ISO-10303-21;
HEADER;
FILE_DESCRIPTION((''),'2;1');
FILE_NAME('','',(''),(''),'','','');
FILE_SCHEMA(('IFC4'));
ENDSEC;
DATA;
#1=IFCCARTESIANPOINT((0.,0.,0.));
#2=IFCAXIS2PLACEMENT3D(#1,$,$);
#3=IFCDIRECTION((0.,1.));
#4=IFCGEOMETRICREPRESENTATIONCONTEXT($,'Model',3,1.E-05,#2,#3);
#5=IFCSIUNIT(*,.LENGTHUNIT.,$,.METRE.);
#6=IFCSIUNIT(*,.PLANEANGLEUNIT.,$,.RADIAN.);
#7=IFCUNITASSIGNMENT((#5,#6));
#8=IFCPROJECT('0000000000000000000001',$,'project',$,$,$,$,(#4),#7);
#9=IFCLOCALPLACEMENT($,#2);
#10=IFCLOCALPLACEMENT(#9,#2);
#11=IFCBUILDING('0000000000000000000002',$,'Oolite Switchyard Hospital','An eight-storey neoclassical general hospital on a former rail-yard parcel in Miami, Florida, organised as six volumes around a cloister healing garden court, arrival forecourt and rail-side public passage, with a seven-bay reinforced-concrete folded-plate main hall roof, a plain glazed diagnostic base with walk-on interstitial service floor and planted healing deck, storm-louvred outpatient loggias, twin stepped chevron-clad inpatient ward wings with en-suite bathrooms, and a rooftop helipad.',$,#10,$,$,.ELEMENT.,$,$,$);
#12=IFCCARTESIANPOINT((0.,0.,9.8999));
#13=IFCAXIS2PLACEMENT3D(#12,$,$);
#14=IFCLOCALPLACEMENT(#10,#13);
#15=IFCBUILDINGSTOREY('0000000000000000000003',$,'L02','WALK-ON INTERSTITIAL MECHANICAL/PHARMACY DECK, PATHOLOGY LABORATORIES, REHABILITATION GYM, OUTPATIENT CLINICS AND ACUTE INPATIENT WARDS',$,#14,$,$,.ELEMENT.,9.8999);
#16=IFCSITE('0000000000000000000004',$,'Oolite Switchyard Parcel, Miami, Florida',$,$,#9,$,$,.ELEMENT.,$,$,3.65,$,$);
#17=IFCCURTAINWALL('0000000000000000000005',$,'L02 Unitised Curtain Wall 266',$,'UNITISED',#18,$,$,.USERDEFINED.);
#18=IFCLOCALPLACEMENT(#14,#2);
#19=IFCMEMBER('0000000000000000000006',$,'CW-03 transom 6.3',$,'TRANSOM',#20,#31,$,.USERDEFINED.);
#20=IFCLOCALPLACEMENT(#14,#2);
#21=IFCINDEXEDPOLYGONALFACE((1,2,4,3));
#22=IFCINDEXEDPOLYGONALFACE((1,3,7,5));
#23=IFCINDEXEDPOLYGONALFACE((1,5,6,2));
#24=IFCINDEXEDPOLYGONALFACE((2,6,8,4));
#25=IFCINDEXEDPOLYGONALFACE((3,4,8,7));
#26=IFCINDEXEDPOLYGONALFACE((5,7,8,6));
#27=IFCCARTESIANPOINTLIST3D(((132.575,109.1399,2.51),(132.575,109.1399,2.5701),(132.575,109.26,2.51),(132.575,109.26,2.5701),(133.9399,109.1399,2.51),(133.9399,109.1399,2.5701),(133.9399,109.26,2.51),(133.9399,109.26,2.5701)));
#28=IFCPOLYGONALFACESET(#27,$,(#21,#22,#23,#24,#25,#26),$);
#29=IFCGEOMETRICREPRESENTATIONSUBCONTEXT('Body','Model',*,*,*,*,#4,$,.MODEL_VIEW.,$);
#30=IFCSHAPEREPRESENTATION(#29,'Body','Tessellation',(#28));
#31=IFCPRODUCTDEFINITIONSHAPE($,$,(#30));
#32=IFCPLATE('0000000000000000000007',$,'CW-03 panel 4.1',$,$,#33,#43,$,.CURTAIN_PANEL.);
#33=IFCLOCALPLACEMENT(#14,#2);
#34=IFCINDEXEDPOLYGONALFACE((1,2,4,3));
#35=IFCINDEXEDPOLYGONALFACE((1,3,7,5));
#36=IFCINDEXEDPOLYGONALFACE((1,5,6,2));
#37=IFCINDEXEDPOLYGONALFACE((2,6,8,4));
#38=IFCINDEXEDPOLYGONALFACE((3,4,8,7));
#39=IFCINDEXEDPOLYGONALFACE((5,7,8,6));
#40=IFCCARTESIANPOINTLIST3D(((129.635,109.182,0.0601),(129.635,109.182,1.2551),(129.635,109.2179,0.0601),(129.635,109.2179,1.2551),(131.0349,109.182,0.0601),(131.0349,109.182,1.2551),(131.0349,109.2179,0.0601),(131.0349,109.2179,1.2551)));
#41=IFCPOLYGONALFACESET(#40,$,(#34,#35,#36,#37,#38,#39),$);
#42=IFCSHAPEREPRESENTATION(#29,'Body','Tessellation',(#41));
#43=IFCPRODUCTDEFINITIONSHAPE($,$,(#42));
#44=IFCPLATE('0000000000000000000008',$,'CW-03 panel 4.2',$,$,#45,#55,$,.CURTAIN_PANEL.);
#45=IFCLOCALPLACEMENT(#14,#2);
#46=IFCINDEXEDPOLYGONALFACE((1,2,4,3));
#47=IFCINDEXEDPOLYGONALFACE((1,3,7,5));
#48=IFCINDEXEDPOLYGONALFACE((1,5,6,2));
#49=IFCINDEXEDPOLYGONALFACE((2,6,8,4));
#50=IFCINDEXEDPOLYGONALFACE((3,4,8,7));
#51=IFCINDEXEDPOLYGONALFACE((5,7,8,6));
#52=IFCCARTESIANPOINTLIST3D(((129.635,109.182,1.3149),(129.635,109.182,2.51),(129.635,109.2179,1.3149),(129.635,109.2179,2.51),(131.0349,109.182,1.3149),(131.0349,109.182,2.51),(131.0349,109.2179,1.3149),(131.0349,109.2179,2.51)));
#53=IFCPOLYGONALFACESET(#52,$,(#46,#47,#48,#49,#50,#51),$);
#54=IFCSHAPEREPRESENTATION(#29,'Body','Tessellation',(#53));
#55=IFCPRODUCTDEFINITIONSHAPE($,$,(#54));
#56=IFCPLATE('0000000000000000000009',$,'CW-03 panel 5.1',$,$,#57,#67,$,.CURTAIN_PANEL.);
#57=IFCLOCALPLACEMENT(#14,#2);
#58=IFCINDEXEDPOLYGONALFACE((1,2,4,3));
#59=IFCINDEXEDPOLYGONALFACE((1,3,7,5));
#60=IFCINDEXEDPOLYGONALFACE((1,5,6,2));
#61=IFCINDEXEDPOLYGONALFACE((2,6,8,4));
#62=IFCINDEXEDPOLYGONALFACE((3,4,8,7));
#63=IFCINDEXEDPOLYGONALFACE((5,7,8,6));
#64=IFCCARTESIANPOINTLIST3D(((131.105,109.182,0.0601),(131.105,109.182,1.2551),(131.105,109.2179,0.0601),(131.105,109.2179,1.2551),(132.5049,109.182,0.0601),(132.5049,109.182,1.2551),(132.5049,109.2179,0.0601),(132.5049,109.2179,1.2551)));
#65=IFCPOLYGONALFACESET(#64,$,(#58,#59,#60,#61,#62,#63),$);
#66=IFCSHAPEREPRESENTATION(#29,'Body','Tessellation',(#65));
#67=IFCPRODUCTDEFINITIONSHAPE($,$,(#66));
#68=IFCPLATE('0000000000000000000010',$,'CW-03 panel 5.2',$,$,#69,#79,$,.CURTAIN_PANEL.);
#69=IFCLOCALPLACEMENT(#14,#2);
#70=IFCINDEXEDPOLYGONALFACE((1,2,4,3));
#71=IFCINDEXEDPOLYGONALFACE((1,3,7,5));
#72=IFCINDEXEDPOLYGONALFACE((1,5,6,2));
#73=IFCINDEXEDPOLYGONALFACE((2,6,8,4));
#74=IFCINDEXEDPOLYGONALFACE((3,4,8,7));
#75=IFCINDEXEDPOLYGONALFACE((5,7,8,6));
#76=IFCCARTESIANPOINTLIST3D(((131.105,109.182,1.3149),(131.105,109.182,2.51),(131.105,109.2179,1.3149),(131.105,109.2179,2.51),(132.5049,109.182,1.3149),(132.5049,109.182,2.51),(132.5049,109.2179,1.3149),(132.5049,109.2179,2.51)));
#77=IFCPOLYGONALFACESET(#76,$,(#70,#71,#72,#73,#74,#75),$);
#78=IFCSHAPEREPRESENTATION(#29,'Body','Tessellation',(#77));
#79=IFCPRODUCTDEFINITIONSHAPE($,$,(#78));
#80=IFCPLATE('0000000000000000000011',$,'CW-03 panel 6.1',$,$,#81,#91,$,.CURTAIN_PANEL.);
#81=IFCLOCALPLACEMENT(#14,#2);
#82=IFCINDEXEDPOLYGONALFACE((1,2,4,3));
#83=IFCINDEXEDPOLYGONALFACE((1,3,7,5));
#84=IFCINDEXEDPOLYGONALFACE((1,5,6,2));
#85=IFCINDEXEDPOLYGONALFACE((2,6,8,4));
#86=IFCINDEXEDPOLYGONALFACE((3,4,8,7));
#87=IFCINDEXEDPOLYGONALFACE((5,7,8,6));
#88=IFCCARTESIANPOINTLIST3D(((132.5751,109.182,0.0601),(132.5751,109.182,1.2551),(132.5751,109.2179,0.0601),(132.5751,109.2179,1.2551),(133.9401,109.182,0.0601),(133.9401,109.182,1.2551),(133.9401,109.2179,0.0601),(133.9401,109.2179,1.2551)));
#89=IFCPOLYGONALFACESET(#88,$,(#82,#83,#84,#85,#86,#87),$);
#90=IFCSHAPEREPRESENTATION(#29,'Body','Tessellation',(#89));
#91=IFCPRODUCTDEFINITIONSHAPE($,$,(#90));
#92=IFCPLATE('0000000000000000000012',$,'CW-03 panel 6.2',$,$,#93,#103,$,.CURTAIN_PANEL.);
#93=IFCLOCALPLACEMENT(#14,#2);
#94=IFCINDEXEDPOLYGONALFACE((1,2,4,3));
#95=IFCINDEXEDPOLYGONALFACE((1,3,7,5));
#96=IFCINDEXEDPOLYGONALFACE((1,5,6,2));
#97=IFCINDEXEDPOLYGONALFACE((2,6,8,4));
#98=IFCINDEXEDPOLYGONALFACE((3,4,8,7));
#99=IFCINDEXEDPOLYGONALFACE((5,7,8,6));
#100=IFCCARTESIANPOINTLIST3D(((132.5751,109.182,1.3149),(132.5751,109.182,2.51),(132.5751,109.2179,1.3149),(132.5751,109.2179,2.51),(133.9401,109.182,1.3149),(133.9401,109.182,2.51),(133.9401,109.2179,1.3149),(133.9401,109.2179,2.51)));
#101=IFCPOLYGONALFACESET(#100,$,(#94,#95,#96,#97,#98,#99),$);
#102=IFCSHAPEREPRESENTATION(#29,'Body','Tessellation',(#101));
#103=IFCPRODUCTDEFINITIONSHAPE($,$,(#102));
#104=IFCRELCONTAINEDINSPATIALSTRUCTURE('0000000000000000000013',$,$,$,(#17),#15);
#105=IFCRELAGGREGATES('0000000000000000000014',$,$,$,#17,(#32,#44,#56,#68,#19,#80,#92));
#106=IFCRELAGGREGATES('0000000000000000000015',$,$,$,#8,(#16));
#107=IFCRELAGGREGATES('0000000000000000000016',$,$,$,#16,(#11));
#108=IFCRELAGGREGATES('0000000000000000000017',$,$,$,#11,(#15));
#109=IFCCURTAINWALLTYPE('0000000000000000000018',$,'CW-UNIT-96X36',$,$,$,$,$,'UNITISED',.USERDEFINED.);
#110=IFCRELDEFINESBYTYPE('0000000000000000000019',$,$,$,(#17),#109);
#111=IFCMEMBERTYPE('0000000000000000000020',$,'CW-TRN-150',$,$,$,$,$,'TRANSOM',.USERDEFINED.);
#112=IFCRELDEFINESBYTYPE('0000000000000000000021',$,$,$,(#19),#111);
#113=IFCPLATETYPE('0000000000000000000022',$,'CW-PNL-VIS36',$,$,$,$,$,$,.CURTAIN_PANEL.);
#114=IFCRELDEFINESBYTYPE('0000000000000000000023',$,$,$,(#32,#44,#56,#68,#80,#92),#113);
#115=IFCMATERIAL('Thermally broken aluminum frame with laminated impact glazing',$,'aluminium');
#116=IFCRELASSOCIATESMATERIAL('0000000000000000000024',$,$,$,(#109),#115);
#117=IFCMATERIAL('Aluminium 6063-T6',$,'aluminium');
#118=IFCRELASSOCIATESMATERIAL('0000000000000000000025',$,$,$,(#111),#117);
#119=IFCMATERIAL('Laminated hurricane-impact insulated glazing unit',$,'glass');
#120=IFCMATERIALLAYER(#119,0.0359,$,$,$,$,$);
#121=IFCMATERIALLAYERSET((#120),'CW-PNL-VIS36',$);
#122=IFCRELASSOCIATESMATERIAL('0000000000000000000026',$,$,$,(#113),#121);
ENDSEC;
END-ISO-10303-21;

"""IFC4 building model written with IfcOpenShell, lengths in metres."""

from ifc_helpers import new_model, si_unit, direction, frame, origin, origin_2d, place, context, subcontext, project, spatial, rectangle, extrude, material, layer, layer_set, material_profile, profile_set, type_object, element, aggregate, save


model = new_model("IFC4")

# Units and contexts
model_context = context("Model", 3, precision=1e-05, world=origin(), true_north=direction((0.0, 1.0)))
body_context = subcontext(model_context, "Body", "Model", "MODEL_VIEW")
ifc_project = project(units=[si_unit("LENGTHUNIT", "METRE"), si_unit("PLANEANGLEUNIT", "RADIAN")], contexts=[model_context])

# Site, building, storey
site_placement = place(None, origin())
site = spatial("IfcSite", under=ifc_project, at=site_placement, Name="Oolite Switchyard Parcel, Miami, Florida", CompositionType="ELEMENT", RefElevation=3.65)
building_placement = place(site_placement, origin())
building = spatial("IfcBuilding", under=site, at=building_placement, Name="Oolite Switchyard Hospital", Description="An eight-storey neoclassical general hospital on a former rail-yard parcel in Miami, Florida, organised as six volumes around a cloister healing garden court, arrival forecourt and rail-side public passage, with a seven-bay reinforced-concrete folded-plate main hall roof, a plain glazed diagnostic base with walk-on interstitial service floor and planted healing deck, storm-louvred outpatient loggias, twin stepped chevron-clad inpatient ward wings with en-suite bathrooms, and a rooftop helipad.", CompositionType="ELEMENT")
storey_placement = place(building_placement, frame((0.0, 0.0, 9.8999)))
storey = spatial("IfcBuildingStorey", under=building, at=storey_placement, Name="L02", Description="WALK-ON INTERSTITIAL MECHANICAL/PHARMACY DECK, PATHOLOGY LABORATORIES, REHABILITATION GYM, OUTPATIENT CLINICS AND ACUTE INPATIENT WARDS", CompositionType="ELEMENT", Elevation=9.8999)

# Curtain wall, member, plates
ifc_material_1 = material(Name="Thermally broken aluminum frame with laminated impact glazing", Category="aluminium")
curtain_wall_type = type_object("IfcCurtainWallType", Name="CW-UNIT-96X36", ElementType="UNITISED", PredefinedType="USERDEFINED", material=ifc_material_1)
curtain_wall_placement = place(storey_placement, origin())
curtain_wall = element("IfcCurtainWall", 1, at=curtain_wall_placement, inside=storey, type_object=curtain_wall_type, Name="L02 Unitised Curtain Wall 266", ObjectType="UNITISED", PredefinedType="USERDEFINED")
ifc_material_2 = material(Name="Aluminium 6063-T6", Category="aluminium")
ifc_material_profile_1 = material_profile(ifc_material_2, rectangle(XDim=0.1201, YDim=0.0601, at=origin_2d()), Name="CWT60X120")
ifc_profile_set_1 = profile_set([ifc_material_profile_1], Name="Aluminium 6063-T6")
member_type_1 = type_object("IfcMemberType", Name="CW-TRN-150", ElementType="TRANSOM", PredefinedType="USERDEFINED", material=ifc_profile_set_1)
member_1_placement = place(storey_placement, frame((132.575, 109.2, 2.54), z_axis=(1.0, 0.0, 0.0), x_axis=(0.0, 1.0, 0.0)))
member_1 = element("IfcMember", 2, at=member_1_placement, type_object=member_type_1, Name="CW-03 transom 6.3", ObjectType="TRANSOM", PredefinedType="USERDEFINED", context=body_context, shape_type="SweptSolid", body=[
    extrude(rectangle(XDim=0.1201, YDim=0.0601, at=origin_2d()), origin(), (0.0, 0.0, 1.0), 1.365),
])
ifc_material_3 = material(Name="Laminated hurricane-impact insulated glazing unit", Category="glass")
ifc_layer = layer(ifc_material_3, 0.0359)
ifc_layer_set = layer_set([ifc_layer], Name="CW-PNL-VIS36")
plate_type = type_object("IfcPlateType", Name="CW-PNL-VIS36", PredefinedType="CURTAIN_PANEL", material=ifc_layer_set)
plate_1_placement = place(storey_placement, frame((130.335, 109.2, 0.0601), z_axis=(0.0, 0.0, 1.0), x_axis=(1.0, 0.0, 0.0)))
plate_1 = element("IfcPlate", 3, at=plate_1_placement, type_object=plate_type, Name="CW-03 panel 4.1", PredefinedType="CURTAIN_PANEL", context=body_context, shape_type="SweptSolid", body=[
    extrude(rectangle(XDim=1.3999, YDim=0.0359, at=origin_2d()), origin(), (0.0, 0.0, 1.0), 1.1951),
])
plate_2_placement = place(storey_placement, frame((130.335, 109.2, 1.3149), z_axis=(0.0, 0.0, 1.0), x_axis=(1.0, 0.0, 0.0)))
plate_2 = element("IfcPlate", 4, at=plate_2_placement, type_object=plate_type, Name="CW-03 panel 4.2", PredefinedType="CURTAIN_PANEL", context=body_context, shape_type="SweptSolid", body=[
    extrude(rectangle(XDim=1.3999, YDim=0.0359, at=origin_2d()), origin(), (0.0, 0.0, 1.0), 1.1951),
])
plate_3_placement = place(storey_placement, frame((131.8049, 109.2, 0.0601), z_axis=(0.0, 0.0, 1.0), x_axis=(1.0, 0.0, 0.0)))
plate_3 = element("IfcPlate", 5, at=plate_3_placement, type_object=plate_type, Name="CW-03 panel 5.1", PredefinedType="CURTAIN_PANEL", context=body_context, shape_type="SweptSolid", body=[
    extrude(rectangle(XDim=1.3999, YDim=0.0359, at=origin_2d()), origin(), (0.0, 0.0, 1.0), 1.1951),
])
plate_4_placement = place(storey_placement, frame((131.8049, 109.2, 1.3149), z_axis=(0.0, 0.0, 1.0), x_axis=(1.0, 0.0, 0.0)))
plate_4 = element("IfcPlate", 6, at=plate_4_placement, type_object=plate_type, Name="CW-03 panel 5.2", PredefinedType="CURTAIN_PANEL", context=body_context, shape_type="SweptSolid", body=[
    extrude(rectangle(XDim=1.3999, YDim=0.0359, at=origin_2d()), origin(), (0.0, 0.0, 1.0), 1.1951),
])
plate_5_placement = place(storey_placement, frame((133.2576, 109.2, 0.0601), z_axis=(0.0, 0.0, 1.0), x_axis=(1.0, 0.0, 0.0)))
plate_5 = element("IfcPlate", 7, at=plate_5_placement, type_object=plate_type, Name="CW-03 panel 6.1", PredefinedType="CURTAIN_PANEL", context=body_context, shape_type="SweptSolid", body=[
    extrude(rectangle(XDim=1.365, YDim=0.0359, at=origin_2d()), origin(), (0.0, 0.0, 1.0), 1.1951),
])
plate_6_placement = place(storey_placement, frame((133.2576, 109.2, 1.3149), z_axis=(0.0, 0.0, 1.0), x_axis=(1.0, 0.0, 0.0)))
plate_6 = element("IfcPlate", 8, at=plate_6_placement, type_object=plate_type, Name="CW-03 panel 6.2", PredefinedType="CURTAIN_PANEL", context=body_context, shape_type="SweptSolid", body=[
    extrude(rectangle(XDim=1.365, YDim=0.0359, at=origin_2d()), origin(), (0.0, 0.0, 1.0), 1.1951),
])
aggregate(curtain_wall, [plate_1, plate_2, plate_3, plate_4, member_1, plate_5, plate_6])

save(model, "model.ifc")
